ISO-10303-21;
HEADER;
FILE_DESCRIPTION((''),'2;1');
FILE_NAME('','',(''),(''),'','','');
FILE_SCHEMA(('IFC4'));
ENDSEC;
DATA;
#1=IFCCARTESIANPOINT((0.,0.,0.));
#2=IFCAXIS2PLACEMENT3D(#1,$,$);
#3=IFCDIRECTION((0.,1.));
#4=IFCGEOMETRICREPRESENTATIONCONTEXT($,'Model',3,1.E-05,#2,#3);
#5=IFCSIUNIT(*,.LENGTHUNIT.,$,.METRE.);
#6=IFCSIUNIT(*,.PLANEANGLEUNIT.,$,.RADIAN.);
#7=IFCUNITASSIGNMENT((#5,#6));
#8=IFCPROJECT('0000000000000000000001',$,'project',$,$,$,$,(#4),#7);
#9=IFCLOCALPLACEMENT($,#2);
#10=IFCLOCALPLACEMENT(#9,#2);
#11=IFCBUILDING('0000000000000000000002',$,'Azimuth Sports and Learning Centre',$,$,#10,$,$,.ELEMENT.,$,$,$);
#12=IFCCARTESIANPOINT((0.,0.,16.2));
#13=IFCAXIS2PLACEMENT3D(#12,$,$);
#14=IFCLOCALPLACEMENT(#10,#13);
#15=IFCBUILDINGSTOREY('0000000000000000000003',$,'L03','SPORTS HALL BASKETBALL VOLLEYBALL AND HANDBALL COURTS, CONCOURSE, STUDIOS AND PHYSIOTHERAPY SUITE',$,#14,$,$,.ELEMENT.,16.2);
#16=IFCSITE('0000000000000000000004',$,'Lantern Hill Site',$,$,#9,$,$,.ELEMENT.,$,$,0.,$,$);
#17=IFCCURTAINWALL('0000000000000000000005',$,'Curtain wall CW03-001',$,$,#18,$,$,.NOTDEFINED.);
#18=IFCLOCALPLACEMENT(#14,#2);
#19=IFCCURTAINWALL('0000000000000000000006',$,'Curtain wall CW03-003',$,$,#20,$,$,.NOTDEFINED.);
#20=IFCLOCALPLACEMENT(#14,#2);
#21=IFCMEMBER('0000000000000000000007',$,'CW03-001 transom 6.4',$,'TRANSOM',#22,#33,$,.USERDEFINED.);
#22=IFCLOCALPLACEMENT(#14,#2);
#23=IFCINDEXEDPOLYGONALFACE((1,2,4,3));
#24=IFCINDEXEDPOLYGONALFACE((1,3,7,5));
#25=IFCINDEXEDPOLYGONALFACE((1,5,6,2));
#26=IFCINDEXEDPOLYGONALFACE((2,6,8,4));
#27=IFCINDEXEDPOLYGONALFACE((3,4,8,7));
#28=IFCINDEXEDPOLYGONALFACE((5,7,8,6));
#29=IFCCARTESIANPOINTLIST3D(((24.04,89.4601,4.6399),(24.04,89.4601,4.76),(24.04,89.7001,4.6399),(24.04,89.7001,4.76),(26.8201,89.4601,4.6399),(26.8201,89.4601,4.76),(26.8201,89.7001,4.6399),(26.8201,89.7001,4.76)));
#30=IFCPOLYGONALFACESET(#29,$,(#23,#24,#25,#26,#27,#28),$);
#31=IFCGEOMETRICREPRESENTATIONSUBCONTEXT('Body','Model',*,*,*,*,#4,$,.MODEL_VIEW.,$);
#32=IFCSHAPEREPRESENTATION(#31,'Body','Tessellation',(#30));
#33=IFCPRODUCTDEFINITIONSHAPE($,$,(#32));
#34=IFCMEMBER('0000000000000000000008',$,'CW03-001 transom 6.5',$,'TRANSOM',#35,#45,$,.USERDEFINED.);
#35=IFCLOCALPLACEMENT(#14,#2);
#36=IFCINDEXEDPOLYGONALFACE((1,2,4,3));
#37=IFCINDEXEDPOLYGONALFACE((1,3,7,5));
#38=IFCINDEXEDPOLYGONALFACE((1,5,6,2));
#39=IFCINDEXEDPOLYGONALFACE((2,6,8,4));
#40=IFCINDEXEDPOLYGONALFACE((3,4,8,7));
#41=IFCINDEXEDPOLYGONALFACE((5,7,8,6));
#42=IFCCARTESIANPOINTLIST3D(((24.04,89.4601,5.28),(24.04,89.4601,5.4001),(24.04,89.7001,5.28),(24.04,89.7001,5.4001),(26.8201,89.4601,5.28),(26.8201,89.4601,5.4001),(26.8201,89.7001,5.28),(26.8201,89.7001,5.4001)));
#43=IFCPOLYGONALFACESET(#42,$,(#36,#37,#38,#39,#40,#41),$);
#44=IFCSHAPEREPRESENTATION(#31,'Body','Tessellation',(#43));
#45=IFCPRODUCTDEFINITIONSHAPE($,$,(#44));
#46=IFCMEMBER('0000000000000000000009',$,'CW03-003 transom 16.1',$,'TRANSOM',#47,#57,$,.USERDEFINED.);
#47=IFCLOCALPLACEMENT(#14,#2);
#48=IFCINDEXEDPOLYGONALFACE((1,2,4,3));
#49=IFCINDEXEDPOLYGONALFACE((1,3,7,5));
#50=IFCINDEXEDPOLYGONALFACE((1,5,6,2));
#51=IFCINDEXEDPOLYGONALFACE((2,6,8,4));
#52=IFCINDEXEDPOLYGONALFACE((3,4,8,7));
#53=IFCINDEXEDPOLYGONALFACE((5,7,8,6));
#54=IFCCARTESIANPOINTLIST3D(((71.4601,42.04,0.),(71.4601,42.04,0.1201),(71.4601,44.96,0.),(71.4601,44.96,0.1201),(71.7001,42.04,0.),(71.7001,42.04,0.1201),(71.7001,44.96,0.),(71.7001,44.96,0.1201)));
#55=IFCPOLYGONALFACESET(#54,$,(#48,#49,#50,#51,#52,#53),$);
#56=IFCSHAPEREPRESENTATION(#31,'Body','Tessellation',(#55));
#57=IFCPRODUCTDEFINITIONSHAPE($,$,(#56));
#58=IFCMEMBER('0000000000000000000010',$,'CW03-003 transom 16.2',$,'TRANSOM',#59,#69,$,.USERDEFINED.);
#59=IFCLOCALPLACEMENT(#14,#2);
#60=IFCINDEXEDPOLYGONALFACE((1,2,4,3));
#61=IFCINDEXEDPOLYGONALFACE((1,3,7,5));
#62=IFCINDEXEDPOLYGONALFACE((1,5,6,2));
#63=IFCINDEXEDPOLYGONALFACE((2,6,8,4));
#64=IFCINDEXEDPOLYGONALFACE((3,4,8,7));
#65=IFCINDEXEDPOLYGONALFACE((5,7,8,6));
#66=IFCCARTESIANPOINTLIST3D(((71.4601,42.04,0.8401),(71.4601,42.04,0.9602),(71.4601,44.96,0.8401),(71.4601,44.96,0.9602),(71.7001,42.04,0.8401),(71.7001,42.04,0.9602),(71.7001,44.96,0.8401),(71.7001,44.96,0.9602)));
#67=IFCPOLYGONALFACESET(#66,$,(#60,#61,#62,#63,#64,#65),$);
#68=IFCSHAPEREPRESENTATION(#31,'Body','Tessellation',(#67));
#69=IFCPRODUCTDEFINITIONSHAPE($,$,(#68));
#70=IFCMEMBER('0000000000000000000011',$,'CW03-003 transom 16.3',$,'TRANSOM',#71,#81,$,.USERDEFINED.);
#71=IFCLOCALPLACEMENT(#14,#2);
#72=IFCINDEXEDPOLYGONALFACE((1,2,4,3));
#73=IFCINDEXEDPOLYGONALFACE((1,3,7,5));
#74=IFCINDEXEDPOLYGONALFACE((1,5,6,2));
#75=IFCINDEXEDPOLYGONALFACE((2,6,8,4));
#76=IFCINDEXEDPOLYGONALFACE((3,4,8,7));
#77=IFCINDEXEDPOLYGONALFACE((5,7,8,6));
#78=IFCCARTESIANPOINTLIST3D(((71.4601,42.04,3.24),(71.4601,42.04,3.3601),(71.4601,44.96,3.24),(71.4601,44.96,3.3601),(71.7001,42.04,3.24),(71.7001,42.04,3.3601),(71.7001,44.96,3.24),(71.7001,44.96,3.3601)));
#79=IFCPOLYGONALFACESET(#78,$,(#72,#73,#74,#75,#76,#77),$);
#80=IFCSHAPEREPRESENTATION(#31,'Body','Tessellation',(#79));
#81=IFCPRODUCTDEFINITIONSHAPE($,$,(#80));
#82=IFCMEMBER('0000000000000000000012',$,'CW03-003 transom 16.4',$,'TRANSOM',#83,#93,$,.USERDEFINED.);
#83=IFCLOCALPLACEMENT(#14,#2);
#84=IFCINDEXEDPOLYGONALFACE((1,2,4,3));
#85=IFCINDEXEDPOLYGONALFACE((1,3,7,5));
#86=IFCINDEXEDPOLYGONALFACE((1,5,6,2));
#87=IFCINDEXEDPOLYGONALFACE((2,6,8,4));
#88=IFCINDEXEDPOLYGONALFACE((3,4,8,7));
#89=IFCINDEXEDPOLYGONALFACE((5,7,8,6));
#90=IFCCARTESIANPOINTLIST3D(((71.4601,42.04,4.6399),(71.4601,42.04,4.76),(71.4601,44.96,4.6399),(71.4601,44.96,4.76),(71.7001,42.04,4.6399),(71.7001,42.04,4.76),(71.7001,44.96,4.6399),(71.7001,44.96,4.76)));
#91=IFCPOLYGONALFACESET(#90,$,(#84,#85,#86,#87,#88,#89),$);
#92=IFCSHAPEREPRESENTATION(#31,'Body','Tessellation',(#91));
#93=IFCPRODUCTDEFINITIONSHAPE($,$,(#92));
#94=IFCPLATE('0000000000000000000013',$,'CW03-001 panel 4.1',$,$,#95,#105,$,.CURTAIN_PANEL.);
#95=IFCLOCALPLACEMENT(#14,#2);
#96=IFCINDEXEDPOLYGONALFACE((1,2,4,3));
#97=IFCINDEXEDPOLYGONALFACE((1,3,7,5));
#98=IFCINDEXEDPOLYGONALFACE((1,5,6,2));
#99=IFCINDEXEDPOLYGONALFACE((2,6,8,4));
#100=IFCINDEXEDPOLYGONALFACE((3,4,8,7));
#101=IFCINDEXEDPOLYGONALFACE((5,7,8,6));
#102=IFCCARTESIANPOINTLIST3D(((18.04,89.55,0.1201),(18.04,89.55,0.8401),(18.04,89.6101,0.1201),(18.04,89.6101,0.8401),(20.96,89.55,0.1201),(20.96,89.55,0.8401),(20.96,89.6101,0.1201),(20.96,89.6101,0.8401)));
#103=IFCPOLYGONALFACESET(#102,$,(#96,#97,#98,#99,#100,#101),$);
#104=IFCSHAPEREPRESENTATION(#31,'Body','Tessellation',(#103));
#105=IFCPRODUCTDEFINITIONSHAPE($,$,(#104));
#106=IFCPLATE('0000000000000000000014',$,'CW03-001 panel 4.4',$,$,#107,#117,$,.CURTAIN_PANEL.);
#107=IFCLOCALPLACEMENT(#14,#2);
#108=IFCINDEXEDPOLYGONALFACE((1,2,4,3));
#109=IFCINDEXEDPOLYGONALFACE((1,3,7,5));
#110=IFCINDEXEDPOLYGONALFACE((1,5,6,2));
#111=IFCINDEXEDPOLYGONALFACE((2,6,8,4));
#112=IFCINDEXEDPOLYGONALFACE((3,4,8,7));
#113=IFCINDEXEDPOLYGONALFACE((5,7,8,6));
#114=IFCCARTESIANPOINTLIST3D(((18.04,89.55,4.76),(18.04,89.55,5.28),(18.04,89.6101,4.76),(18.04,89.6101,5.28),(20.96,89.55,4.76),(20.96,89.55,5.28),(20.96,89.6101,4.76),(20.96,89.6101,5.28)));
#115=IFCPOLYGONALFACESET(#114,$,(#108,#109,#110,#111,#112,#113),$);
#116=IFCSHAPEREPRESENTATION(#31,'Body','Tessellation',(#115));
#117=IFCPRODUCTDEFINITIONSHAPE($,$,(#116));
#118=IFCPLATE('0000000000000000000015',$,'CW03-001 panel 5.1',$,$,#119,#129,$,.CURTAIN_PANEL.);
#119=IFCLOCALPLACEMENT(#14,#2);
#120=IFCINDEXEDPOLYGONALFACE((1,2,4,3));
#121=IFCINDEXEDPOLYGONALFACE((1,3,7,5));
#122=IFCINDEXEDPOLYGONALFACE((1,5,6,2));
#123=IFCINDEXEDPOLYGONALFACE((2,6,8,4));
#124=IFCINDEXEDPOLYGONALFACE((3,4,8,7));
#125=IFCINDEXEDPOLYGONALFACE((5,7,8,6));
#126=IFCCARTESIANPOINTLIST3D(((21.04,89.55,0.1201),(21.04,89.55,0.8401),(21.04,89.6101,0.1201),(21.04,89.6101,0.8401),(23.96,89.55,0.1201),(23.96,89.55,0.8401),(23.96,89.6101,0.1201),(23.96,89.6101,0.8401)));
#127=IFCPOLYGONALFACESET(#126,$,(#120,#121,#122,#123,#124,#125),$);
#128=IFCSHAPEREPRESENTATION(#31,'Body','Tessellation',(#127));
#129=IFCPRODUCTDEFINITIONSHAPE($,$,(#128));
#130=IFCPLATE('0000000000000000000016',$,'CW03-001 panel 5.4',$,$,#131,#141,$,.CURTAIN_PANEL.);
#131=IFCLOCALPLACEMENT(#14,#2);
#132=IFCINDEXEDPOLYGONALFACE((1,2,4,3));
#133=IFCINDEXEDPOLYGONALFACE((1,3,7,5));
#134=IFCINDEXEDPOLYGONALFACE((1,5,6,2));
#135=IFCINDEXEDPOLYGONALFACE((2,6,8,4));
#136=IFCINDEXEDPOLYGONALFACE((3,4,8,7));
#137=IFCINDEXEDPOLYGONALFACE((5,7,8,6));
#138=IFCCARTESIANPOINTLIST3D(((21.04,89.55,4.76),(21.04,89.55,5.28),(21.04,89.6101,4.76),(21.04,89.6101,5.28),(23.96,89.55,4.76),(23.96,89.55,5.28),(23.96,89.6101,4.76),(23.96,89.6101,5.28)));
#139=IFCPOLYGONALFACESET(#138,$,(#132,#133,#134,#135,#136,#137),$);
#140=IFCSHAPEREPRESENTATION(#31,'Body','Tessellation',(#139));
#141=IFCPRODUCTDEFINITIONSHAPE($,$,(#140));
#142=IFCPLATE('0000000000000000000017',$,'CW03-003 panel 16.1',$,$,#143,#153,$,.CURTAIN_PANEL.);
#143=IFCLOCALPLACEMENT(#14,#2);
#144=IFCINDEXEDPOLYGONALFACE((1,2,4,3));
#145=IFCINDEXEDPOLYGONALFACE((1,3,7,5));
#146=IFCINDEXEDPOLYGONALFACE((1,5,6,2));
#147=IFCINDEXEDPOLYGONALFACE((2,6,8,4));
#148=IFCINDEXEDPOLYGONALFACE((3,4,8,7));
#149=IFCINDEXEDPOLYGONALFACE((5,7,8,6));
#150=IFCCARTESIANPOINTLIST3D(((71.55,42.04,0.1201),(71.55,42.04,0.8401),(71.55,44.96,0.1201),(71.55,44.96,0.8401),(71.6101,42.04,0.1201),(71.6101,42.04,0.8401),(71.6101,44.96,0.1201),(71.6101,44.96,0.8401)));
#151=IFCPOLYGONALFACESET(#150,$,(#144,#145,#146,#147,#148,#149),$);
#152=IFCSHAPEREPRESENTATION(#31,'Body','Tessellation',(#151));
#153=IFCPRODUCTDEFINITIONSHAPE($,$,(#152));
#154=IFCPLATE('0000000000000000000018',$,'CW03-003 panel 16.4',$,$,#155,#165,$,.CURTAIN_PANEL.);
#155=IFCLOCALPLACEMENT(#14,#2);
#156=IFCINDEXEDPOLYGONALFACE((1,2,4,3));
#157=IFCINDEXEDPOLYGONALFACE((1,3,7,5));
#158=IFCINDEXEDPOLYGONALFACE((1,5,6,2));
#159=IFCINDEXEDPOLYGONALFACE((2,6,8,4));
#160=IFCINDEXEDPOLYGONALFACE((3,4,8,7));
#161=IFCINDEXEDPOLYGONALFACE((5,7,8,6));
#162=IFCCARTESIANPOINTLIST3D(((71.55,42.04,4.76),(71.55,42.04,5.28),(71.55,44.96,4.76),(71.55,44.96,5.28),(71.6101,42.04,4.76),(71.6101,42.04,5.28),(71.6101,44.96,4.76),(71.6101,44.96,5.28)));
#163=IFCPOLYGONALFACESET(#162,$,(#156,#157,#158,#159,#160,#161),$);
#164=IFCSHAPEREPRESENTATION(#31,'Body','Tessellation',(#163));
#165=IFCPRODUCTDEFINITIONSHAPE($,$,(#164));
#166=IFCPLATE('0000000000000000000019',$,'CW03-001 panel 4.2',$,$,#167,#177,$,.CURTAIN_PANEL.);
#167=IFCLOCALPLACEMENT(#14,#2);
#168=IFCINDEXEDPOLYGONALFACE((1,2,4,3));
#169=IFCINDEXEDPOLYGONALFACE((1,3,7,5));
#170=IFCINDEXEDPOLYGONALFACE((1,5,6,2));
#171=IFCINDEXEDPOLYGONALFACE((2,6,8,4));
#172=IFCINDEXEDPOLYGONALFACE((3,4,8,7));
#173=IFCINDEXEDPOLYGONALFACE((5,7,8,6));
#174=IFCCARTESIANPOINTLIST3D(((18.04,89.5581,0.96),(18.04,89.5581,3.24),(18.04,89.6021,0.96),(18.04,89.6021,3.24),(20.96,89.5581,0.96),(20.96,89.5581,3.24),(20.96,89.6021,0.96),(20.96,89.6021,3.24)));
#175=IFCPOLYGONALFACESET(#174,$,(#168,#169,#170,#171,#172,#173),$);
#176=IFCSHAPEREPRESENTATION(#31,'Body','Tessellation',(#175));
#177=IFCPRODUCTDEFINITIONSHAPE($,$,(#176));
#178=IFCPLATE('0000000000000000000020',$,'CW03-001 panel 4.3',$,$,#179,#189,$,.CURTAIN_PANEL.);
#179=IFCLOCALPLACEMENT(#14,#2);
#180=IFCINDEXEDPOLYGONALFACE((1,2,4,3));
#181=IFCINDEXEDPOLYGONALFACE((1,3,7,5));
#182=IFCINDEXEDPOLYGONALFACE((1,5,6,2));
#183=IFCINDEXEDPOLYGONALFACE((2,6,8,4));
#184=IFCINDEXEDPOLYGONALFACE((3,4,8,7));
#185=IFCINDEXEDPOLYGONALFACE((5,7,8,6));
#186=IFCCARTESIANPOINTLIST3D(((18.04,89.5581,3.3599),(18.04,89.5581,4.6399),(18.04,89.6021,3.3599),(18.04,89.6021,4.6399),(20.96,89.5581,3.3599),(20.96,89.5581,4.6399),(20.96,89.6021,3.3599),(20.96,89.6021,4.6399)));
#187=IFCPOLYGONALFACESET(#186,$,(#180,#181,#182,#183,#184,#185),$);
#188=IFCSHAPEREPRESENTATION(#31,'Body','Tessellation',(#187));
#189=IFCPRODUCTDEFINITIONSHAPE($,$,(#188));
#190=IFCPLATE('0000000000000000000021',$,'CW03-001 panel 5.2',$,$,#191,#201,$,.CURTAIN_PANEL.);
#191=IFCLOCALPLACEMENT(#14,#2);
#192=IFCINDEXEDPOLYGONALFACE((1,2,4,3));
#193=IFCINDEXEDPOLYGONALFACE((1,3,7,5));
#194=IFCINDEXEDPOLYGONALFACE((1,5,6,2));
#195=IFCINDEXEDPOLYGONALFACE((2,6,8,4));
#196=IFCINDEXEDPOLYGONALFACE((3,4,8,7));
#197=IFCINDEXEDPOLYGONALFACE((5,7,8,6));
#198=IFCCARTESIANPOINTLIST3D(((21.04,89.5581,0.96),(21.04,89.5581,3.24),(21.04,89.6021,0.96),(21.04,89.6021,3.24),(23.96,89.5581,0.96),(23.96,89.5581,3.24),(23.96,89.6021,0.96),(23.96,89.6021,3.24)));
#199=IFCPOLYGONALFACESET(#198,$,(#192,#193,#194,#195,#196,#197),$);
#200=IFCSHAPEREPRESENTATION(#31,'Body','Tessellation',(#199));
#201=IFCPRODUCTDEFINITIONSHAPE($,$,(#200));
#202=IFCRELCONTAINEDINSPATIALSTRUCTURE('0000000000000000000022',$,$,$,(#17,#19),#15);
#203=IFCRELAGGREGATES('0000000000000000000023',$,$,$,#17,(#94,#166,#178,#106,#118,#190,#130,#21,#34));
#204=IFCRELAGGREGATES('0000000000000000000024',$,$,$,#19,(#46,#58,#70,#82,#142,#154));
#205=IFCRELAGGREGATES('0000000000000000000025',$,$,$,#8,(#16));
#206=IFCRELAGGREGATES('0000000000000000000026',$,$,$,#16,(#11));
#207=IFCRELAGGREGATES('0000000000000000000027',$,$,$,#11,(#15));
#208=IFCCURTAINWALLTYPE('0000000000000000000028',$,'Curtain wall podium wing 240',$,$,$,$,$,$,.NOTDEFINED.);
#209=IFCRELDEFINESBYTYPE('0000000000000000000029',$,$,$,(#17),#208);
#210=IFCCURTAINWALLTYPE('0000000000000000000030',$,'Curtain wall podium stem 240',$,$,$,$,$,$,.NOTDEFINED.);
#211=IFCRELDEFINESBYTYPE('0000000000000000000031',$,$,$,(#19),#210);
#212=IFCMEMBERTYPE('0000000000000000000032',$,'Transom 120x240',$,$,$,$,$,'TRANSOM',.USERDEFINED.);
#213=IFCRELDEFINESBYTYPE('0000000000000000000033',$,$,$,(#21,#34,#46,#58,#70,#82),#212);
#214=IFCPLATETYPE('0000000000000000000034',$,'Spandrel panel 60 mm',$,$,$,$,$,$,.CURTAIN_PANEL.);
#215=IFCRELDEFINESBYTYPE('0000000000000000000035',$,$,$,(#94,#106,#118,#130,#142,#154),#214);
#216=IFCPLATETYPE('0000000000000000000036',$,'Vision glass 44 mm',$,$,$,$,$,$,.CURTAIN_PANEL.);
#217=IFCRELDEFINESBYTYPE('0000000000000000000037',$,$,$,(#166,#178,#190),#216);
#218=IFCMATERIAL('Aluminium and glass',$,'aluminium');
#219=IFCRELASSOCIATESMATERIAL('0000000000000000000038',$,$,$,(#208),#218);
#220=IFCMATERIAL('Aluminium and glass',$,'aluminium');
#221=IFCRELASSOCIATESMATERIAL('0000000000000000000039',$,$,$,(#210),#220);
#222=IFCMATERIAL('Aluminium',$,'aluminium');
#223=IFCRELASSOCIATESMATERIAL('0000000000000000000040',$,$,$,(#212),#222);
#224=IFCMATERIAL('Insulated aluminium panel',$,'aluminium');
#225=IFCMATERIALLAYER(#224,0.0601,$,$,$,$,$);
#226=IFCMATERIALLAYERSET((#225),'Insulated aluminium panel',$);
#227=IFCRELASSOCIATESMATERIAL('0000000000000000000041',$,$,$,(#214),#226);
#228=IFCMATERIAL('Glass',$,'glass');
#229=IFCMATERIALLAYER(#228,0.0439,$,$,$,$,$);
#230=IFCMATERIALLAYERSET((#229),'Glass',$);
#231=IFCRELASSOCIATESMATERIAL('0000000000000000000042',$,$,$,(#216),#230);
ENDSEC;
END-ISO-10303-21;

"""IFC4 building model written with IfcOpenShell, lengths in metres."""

from ifc_helpers import new_model, si_unit, direction, frame, origin, origin_2d, place, context, subcontext, project, spatial, rectangle, extrude, material, layer, layer_set, material_profile, profile_set, type_object, element, aggregate, save


model = new_model("IFC4")

# Units and contexts
model_context = context("Model", 3, precision=1e-05, world=origin(), true_north=direction((0.0, 1.0)))
body_context = subcontext(model_context, "Body", "Model", "MODEL_VIEW")
ifc_project = project(units=[si_unit("LENGTHUNIT", "METRE"), si_unit("PLANEANGLEUNIT", "RADIAN")], contexts=[model_context])

# Site, building, storey
site_placement = place(None, origin())
site = spatial("IfcSite", under=ifc_project, at=site_placement, Name="Lantern Hill Site", CompositionType="ELEMENT", RefElevation=0.0)
building_placement = place(site_placement, origin())
building = spatial("IfcBuilding", under=site, at=building_placement, Name="Azimuth Sports and Learning Centre", CompositionType="ELEMENT")
storey_placement = place(building_placement, frame((0.0, 0.0, 16.2)))
storey = spatial("IfcBuildingStorey", under=building, at=storey_placement, Name="L03", Description="SPORTS HALL BASKETBALL VOLLEYBALL AND HANDBALL COURTS, CONCOURSE, STUDIOS AND PHYSIOTHERAPY SUITE", CompositionType="ELEMENT", Elevation=16.2)

# Curtain wall
ifc_material_1 = material(Name="Aluminium and glass", Category="aluminium")
curtain_wall_type_1 = type_object("IfcCurtainWallType", Name="Curtain wall podium wing 240", PredefinedType="NOTDEFINED", material=ifc_material_1)
curtain_wall_1_placement = place(storey_placement, origin())
curtain_wall_1 = element("IfcCurtainWall", 1, at=curtain_wall_1_placement, inside=storey, type_object=curtain_wall_type_1, Name="Curtain wall CW03-001", PredefinedType="NOTDEFINED")

# Curtain wall
ifc_material_2 = material(Name="Aluminium and glass", Category="aluminium")
curtain_wall_type_2 = type_object("IfcCurtainWallType", Name="Curtain wall podium stem 240", PredefinedType="NOTDEFINED", material=ifc_material_2)
curtain_wall_2_placement = place(storey_placement, origin())
curtain_wall_2 = element("IfcCurtainWall", 2, at=curtain_wall_2_placement, inside=storey, type_object=curtain_wall_type_2, Name="Curtain wall CW03-003", PredefinedType="NOTDEFINED")

# Members
ifc_material_3 = material(Name="Aluminium", Category="aluminium")
ifc_material_profile_1 = material_profile(ifc_material_3, rectangle(XDim=0.24, YDim=0.1201, at=origin_2d()), Name="Transom 120x240")
ifc_profile_set_1 = profile_set([ifc_material_profile_1], Name="Aluminium")
member_type_1 = type_object("IfcMemberType", Name="Transom 120x240", ElementType="TRANSOM", PredefinedType="USERDEFINED", material=ifc_profile_set_1)
member_1_placement = place(storey_placement, frame((24.04, 89.5801, 4.7), z_axis=(1.0, 0.0, 0.0), x_axis=(0.0, 1.0, 0.0)))
member_1 = element("IfcMember", 3, at=member_1_placement, type_object=member_type_1, Name="CW03-001 transom 6.4", ObjectType="TRANSOM", PredefinedType="USERDEFINED", context=body_context, shape_type="SweptSolid", body=[
    extrude(rectangle(XDim=0.24, YDim=0.1201, at=origin_2d()), origin(), (0.0, 0.0, 1.0), 2.78),
])
member_2_placement = place(storey_placement, frame((24.04, 89.5801, 5.3401), z_axis=(1.0, 0.0, 0.0), x_axis=(0.0, 1.0, 0.0)))
member_2 = element("IfcMember", 4, at=member_2_placement, type_object=member_type_1, Name="CW03-001 transom 6.5", ObjectType="TRANSOM", PredefinedType="USERDEFINED", context=body_context, shape_type="SweptSolid", body=[
    extrude(rectangle(XDim=0.24, YDim=0.1201, at=origin_2d()), origin(), (0.0, 0.0, 1.0), 2.78),
])
member_3_placement = place(storey_placement, frame((71.5801, 44.96, 0.0601), z_axis=(0.0, -1.0, 0.0), x_axis=(1.0, 0.0, 0.0)))
member_3 = element("IfcMember", 5, at=member_3_placement, type_object=member_type_1, Name="CW03-003 transom 16.1", ObjectType="TRANSOM", PredefinedType="USERDEFINED", context=body_context, shape_type="SweptSolid", body=[
    extrude(rectangle(XDim=0.24, YDim=0.1201, at=origin_2d()), origin(), (0.0, 0.0, 1.0), 2.9199),
])
member_4_placement = place(storey_placement, frame((71.5801, 44.96, 0.9001), z_axis=(0.0, -1.0, 0.0), x_axis=(1.0, 0.0, 0.0)))
member_4 = element("IfcMember", 6, at=member_4_placement, type_object=member_type_1, Name="CW03-003 transom 16.2", ObjectType="TRANSOM", PredefinedType="USERDEFINED", context=body_context, shape_type="SweptSolid", body=[
    extrude(rectangle(XDim=0.24, YDim=0.1201, at=origin_2d()), origin(), (0.0, 0.0, 1.0), 2.9199),
])
member_5_placement = place(storey_placement, frame((71.5801, 44.96, 3.3), z_axis=(0.0, -1.0, 0.0), x_axis=(1.0, 0.0, 0.0)))
member_5 = element("IfcMember", 7, at=member_5_placement, type_object=member_type_1, Name="CW03-003 transom 16.3", ObjectType="TRANSOM", PredefinedType="USERDEFINED", context=body_context, shape_type="SweptSolid", body=[
    extrude(rectangle(XDim=0.24, YDim=0.1201, at=origin_2d()), origin(), (0.0, 0.0, 1.0), 2.9199),
])
member_6_placement = place(storey_placement, frame((71.5801, 44.96, 4.7), z_axis=(0.0, -1.0, 0.0), x_axis=(1.0, 0.0, 0.0)))
member_6 = element("IfcMember", 8, at=member_6_placement, type_object=member_type_1, Name="CW03-003 transom 16.4", ObjectType="TRANSOM", PredefinedType="USERDEFINED", context=body_context, shape_type="SweptSolid", body=[
    extrude(rectangle(XDim=0.24, YDim=0.1201, at=origin_2d()), origin(), (0.0, 0.0, 1.0), 2.9199),
])

# Plates
ifc_material_4 = material(Name="Insulated aluminium panel", Category="aluminium")
ifc_layer_1 = layer(ifc_material_4, 0.0601)
ifc_layer_set_1 = layer_set([ifc_layer_1], Name="Insulated aluminium panel")
plate_type_1 = type_object("IfcPlateType", Name="Spandrel panel 60 mm", PredefinedType="CURTAIN_PANEL", material=ifc_layer_set_1)
plate_1_placement = place(storey_placement, frame((19.5, 89.5801, 0.1201), z_axis=(0.0, 0.0, 1.0), x_axis=(1.0, 0.0, 0.0)))
plate_1 = element("IfcPlate", 9, at=plate_1_placement, type_object=plate_type_1, Name="CW03-001 panel 4.1", PredefinedType="CURTAIN_PANEL", context=body_context, shape_type="SweptSolid", body=[
    extrude(rectangle(XDim=2.9199, YDim=0.0601, at=origin_2d()), origin(), (0.0, 0.0, 1.0), 0.72),
])
plate_2_placement = place(storey_placement, frame((19.5, 89.5801, 4.76), z_axis=(0.0, 0.0, 1.0), x_axis=(1.0, 0.0, 0.0)))
plate_2 = element("IfcPlate", 10, at=plate_2_placement, type_object=plate_type_1, Name="CW03-001 panel 4.4", PredefinedType="CURTAIN_PANEL", context=body_context, shape_type="SweptSolid", body=[
    extrude(rectangle(XDim=2.9199, YDim=0.0601, at=origin_2d()), origin(), (0.0, 0.0, 1.0), 0.52),
])
plate_3_placement = place(storey_placement, frame((22.5, 89.5801, 0.1201), z_axis=(0.0, 0.0, 1.0), x_axis=(1.0, 0.0, 0.0)))
plate_3 = element("IfcPlate", 11, at=plate_3_placement, type_object=plate_type_1, Name="CW03-001 panel 5.1", PredefinedType="CURTAIN_PANEL", context=body_context, shape_type="SweptSolid", body=[
    extrude(rectangle(XDim=2.9199, YDim=0.0601, at=origin_2d()), origin(), (0.0, 0.0, 1.0), 0.72),
])
plate_4_placement = place(storey_placement, frame((22.5, 89.5801, 4.76), z_axis=(0.0, 0.0, 1.0), x_axis=(1.0, 0.0, 0.0)))
plate_4 = element("IfcPlate", 12, at=plate_4_placement, type_object=plate_type_1, Name="CW03-001 panel 5.4", PredefinedType="CURTAIN_PANEL", context=body_context, shape_type="SweptSolid", body=[
    extrude(rectangle(XDim=2.9199, YDim=0.0601, at=origin_2d()), origin(), (0.0, 0.0, 1.0), 0.52),
])
plate_5_placement = place(storey_placement, frame((71.5801, 43.5, 0.1201), z_axis=(0.0, 0.0, 1.0), x_axis=(0.0, -1.0, 0.0)))
plate_5 = element("IfcPlate", 13, at=plate_5_placement, type_object=plate_type_1, Name="CW03-003 panel 16.1", PredefinedType="CURTAIN_PANEL", context=body_context, shape_type="SweptSolid", body=[
    extrude(rectangle(XDim=2.9199, YDim=0.0601, at=origin_2d()), origin(), (0.0, 0.0, 1.0), 0.72),
])
plate_6_placement = place(storey_placement, frame((71.5801, 43.5, 4.76), z_axis=(0.0, 0.0, 1.0), x_axis=(0.0, -1.0, 0.0)))
plate_6 = element("IfcPlate", 14, at=plate_6_placement, type_object=plate_type_1, Name="CW03-003 panel 16.4", PredefinedType="CURTAIN_PANEL", context=body_context, shape_type="SweptSolid", body=[
    extrude(rectangle(XDim=2.9199, YDim=0.0601, at=origin_2d()), origin(), (0.0, 0.0, 1.0), 0.52),
])
ifc_material_5 = material(Name="Glass", Category="glass")
ifc_layer_2 = layer(ifc_material_5, 0.0439)
ifc_layer_set_2 = layer_set([ifc_layer_2], Name="Glass")
plate_type_2 = type_object("IfcPlateType", Name="Vision glass 44 mm", PredefinedType="CURTAIN_PANEL", material=ifc_layer_set_2)
plate_7_placement = place(storey_placement, frame((19.5, 89.5801, 0.96), z_axis=(0.0, 0.0, 1.0), x_axis=(1.0, 0.0, 0.0)))
plate_7 = element("IfcPlate", 15, at=plate_7_placement, type_object=plate_type_2, Name="CW03-001 panel 4.2", PredefinedType="CURTAIN_PANEL", context=body_context, shape_type="SweptSolid", body=[
    extrude(rectangle(XDim=2.9199, YDim=0.0439, at=origin_2d()), origin(), (0.0, 0.0, 1.0), 2.28),
])
plate_8_placement = place(storey_placement, frame((19.5, 89.5801, 3.3599), z_axis=(0.0, 0.0, 1.0), x_axis=(1.0, 0.0, 0.0)))
plate_8 = element("IfcPlate", 16, at=plate_8_placement, type_object=plate_type_2, Name="CW03-001 panel 4.3", PredefinedType="CURTAIN_PANEL", context=body_context, shape_type="SweptSolid", body=[
    extrude(rectangle(XDim=2.9199, YDim=0.0439, at=origin_2d()), origin(), (0.0, 0.0, 1.0), 1.28),
])
plate_9_placement = place(storey_placement, frame((22.5, 89.5801, 0.96), z_axis=(0.0, 0.0, 1.0), x_axis=(1.0, 0.0, 0.0)))
plate_9 = element("IfcPlate", 17, at=plate_9_placement, type_object=plate_type_2, Name="CW03-001 panel 5.2", PredefinedType="CURTAIN_PANEL", context=body_context, shape_type="SweptSolid", body=[
    extrude(rectangle(XDim=2.9199, YDim=0.0439, at=origin_2d()), origin(), (0.0, 0.0, 1.0), 2.28),
])
aggregate(curtain_wall_1, [plate_1, plate_7, plate_8, plate_2, plate_3, plate_9, plate_4, member_1, member_2])
aggregate(curtain_wall_2, [member_3, member_4, member_5, member_6, plate_5, plate_6])

save(model, "model.ifc")
